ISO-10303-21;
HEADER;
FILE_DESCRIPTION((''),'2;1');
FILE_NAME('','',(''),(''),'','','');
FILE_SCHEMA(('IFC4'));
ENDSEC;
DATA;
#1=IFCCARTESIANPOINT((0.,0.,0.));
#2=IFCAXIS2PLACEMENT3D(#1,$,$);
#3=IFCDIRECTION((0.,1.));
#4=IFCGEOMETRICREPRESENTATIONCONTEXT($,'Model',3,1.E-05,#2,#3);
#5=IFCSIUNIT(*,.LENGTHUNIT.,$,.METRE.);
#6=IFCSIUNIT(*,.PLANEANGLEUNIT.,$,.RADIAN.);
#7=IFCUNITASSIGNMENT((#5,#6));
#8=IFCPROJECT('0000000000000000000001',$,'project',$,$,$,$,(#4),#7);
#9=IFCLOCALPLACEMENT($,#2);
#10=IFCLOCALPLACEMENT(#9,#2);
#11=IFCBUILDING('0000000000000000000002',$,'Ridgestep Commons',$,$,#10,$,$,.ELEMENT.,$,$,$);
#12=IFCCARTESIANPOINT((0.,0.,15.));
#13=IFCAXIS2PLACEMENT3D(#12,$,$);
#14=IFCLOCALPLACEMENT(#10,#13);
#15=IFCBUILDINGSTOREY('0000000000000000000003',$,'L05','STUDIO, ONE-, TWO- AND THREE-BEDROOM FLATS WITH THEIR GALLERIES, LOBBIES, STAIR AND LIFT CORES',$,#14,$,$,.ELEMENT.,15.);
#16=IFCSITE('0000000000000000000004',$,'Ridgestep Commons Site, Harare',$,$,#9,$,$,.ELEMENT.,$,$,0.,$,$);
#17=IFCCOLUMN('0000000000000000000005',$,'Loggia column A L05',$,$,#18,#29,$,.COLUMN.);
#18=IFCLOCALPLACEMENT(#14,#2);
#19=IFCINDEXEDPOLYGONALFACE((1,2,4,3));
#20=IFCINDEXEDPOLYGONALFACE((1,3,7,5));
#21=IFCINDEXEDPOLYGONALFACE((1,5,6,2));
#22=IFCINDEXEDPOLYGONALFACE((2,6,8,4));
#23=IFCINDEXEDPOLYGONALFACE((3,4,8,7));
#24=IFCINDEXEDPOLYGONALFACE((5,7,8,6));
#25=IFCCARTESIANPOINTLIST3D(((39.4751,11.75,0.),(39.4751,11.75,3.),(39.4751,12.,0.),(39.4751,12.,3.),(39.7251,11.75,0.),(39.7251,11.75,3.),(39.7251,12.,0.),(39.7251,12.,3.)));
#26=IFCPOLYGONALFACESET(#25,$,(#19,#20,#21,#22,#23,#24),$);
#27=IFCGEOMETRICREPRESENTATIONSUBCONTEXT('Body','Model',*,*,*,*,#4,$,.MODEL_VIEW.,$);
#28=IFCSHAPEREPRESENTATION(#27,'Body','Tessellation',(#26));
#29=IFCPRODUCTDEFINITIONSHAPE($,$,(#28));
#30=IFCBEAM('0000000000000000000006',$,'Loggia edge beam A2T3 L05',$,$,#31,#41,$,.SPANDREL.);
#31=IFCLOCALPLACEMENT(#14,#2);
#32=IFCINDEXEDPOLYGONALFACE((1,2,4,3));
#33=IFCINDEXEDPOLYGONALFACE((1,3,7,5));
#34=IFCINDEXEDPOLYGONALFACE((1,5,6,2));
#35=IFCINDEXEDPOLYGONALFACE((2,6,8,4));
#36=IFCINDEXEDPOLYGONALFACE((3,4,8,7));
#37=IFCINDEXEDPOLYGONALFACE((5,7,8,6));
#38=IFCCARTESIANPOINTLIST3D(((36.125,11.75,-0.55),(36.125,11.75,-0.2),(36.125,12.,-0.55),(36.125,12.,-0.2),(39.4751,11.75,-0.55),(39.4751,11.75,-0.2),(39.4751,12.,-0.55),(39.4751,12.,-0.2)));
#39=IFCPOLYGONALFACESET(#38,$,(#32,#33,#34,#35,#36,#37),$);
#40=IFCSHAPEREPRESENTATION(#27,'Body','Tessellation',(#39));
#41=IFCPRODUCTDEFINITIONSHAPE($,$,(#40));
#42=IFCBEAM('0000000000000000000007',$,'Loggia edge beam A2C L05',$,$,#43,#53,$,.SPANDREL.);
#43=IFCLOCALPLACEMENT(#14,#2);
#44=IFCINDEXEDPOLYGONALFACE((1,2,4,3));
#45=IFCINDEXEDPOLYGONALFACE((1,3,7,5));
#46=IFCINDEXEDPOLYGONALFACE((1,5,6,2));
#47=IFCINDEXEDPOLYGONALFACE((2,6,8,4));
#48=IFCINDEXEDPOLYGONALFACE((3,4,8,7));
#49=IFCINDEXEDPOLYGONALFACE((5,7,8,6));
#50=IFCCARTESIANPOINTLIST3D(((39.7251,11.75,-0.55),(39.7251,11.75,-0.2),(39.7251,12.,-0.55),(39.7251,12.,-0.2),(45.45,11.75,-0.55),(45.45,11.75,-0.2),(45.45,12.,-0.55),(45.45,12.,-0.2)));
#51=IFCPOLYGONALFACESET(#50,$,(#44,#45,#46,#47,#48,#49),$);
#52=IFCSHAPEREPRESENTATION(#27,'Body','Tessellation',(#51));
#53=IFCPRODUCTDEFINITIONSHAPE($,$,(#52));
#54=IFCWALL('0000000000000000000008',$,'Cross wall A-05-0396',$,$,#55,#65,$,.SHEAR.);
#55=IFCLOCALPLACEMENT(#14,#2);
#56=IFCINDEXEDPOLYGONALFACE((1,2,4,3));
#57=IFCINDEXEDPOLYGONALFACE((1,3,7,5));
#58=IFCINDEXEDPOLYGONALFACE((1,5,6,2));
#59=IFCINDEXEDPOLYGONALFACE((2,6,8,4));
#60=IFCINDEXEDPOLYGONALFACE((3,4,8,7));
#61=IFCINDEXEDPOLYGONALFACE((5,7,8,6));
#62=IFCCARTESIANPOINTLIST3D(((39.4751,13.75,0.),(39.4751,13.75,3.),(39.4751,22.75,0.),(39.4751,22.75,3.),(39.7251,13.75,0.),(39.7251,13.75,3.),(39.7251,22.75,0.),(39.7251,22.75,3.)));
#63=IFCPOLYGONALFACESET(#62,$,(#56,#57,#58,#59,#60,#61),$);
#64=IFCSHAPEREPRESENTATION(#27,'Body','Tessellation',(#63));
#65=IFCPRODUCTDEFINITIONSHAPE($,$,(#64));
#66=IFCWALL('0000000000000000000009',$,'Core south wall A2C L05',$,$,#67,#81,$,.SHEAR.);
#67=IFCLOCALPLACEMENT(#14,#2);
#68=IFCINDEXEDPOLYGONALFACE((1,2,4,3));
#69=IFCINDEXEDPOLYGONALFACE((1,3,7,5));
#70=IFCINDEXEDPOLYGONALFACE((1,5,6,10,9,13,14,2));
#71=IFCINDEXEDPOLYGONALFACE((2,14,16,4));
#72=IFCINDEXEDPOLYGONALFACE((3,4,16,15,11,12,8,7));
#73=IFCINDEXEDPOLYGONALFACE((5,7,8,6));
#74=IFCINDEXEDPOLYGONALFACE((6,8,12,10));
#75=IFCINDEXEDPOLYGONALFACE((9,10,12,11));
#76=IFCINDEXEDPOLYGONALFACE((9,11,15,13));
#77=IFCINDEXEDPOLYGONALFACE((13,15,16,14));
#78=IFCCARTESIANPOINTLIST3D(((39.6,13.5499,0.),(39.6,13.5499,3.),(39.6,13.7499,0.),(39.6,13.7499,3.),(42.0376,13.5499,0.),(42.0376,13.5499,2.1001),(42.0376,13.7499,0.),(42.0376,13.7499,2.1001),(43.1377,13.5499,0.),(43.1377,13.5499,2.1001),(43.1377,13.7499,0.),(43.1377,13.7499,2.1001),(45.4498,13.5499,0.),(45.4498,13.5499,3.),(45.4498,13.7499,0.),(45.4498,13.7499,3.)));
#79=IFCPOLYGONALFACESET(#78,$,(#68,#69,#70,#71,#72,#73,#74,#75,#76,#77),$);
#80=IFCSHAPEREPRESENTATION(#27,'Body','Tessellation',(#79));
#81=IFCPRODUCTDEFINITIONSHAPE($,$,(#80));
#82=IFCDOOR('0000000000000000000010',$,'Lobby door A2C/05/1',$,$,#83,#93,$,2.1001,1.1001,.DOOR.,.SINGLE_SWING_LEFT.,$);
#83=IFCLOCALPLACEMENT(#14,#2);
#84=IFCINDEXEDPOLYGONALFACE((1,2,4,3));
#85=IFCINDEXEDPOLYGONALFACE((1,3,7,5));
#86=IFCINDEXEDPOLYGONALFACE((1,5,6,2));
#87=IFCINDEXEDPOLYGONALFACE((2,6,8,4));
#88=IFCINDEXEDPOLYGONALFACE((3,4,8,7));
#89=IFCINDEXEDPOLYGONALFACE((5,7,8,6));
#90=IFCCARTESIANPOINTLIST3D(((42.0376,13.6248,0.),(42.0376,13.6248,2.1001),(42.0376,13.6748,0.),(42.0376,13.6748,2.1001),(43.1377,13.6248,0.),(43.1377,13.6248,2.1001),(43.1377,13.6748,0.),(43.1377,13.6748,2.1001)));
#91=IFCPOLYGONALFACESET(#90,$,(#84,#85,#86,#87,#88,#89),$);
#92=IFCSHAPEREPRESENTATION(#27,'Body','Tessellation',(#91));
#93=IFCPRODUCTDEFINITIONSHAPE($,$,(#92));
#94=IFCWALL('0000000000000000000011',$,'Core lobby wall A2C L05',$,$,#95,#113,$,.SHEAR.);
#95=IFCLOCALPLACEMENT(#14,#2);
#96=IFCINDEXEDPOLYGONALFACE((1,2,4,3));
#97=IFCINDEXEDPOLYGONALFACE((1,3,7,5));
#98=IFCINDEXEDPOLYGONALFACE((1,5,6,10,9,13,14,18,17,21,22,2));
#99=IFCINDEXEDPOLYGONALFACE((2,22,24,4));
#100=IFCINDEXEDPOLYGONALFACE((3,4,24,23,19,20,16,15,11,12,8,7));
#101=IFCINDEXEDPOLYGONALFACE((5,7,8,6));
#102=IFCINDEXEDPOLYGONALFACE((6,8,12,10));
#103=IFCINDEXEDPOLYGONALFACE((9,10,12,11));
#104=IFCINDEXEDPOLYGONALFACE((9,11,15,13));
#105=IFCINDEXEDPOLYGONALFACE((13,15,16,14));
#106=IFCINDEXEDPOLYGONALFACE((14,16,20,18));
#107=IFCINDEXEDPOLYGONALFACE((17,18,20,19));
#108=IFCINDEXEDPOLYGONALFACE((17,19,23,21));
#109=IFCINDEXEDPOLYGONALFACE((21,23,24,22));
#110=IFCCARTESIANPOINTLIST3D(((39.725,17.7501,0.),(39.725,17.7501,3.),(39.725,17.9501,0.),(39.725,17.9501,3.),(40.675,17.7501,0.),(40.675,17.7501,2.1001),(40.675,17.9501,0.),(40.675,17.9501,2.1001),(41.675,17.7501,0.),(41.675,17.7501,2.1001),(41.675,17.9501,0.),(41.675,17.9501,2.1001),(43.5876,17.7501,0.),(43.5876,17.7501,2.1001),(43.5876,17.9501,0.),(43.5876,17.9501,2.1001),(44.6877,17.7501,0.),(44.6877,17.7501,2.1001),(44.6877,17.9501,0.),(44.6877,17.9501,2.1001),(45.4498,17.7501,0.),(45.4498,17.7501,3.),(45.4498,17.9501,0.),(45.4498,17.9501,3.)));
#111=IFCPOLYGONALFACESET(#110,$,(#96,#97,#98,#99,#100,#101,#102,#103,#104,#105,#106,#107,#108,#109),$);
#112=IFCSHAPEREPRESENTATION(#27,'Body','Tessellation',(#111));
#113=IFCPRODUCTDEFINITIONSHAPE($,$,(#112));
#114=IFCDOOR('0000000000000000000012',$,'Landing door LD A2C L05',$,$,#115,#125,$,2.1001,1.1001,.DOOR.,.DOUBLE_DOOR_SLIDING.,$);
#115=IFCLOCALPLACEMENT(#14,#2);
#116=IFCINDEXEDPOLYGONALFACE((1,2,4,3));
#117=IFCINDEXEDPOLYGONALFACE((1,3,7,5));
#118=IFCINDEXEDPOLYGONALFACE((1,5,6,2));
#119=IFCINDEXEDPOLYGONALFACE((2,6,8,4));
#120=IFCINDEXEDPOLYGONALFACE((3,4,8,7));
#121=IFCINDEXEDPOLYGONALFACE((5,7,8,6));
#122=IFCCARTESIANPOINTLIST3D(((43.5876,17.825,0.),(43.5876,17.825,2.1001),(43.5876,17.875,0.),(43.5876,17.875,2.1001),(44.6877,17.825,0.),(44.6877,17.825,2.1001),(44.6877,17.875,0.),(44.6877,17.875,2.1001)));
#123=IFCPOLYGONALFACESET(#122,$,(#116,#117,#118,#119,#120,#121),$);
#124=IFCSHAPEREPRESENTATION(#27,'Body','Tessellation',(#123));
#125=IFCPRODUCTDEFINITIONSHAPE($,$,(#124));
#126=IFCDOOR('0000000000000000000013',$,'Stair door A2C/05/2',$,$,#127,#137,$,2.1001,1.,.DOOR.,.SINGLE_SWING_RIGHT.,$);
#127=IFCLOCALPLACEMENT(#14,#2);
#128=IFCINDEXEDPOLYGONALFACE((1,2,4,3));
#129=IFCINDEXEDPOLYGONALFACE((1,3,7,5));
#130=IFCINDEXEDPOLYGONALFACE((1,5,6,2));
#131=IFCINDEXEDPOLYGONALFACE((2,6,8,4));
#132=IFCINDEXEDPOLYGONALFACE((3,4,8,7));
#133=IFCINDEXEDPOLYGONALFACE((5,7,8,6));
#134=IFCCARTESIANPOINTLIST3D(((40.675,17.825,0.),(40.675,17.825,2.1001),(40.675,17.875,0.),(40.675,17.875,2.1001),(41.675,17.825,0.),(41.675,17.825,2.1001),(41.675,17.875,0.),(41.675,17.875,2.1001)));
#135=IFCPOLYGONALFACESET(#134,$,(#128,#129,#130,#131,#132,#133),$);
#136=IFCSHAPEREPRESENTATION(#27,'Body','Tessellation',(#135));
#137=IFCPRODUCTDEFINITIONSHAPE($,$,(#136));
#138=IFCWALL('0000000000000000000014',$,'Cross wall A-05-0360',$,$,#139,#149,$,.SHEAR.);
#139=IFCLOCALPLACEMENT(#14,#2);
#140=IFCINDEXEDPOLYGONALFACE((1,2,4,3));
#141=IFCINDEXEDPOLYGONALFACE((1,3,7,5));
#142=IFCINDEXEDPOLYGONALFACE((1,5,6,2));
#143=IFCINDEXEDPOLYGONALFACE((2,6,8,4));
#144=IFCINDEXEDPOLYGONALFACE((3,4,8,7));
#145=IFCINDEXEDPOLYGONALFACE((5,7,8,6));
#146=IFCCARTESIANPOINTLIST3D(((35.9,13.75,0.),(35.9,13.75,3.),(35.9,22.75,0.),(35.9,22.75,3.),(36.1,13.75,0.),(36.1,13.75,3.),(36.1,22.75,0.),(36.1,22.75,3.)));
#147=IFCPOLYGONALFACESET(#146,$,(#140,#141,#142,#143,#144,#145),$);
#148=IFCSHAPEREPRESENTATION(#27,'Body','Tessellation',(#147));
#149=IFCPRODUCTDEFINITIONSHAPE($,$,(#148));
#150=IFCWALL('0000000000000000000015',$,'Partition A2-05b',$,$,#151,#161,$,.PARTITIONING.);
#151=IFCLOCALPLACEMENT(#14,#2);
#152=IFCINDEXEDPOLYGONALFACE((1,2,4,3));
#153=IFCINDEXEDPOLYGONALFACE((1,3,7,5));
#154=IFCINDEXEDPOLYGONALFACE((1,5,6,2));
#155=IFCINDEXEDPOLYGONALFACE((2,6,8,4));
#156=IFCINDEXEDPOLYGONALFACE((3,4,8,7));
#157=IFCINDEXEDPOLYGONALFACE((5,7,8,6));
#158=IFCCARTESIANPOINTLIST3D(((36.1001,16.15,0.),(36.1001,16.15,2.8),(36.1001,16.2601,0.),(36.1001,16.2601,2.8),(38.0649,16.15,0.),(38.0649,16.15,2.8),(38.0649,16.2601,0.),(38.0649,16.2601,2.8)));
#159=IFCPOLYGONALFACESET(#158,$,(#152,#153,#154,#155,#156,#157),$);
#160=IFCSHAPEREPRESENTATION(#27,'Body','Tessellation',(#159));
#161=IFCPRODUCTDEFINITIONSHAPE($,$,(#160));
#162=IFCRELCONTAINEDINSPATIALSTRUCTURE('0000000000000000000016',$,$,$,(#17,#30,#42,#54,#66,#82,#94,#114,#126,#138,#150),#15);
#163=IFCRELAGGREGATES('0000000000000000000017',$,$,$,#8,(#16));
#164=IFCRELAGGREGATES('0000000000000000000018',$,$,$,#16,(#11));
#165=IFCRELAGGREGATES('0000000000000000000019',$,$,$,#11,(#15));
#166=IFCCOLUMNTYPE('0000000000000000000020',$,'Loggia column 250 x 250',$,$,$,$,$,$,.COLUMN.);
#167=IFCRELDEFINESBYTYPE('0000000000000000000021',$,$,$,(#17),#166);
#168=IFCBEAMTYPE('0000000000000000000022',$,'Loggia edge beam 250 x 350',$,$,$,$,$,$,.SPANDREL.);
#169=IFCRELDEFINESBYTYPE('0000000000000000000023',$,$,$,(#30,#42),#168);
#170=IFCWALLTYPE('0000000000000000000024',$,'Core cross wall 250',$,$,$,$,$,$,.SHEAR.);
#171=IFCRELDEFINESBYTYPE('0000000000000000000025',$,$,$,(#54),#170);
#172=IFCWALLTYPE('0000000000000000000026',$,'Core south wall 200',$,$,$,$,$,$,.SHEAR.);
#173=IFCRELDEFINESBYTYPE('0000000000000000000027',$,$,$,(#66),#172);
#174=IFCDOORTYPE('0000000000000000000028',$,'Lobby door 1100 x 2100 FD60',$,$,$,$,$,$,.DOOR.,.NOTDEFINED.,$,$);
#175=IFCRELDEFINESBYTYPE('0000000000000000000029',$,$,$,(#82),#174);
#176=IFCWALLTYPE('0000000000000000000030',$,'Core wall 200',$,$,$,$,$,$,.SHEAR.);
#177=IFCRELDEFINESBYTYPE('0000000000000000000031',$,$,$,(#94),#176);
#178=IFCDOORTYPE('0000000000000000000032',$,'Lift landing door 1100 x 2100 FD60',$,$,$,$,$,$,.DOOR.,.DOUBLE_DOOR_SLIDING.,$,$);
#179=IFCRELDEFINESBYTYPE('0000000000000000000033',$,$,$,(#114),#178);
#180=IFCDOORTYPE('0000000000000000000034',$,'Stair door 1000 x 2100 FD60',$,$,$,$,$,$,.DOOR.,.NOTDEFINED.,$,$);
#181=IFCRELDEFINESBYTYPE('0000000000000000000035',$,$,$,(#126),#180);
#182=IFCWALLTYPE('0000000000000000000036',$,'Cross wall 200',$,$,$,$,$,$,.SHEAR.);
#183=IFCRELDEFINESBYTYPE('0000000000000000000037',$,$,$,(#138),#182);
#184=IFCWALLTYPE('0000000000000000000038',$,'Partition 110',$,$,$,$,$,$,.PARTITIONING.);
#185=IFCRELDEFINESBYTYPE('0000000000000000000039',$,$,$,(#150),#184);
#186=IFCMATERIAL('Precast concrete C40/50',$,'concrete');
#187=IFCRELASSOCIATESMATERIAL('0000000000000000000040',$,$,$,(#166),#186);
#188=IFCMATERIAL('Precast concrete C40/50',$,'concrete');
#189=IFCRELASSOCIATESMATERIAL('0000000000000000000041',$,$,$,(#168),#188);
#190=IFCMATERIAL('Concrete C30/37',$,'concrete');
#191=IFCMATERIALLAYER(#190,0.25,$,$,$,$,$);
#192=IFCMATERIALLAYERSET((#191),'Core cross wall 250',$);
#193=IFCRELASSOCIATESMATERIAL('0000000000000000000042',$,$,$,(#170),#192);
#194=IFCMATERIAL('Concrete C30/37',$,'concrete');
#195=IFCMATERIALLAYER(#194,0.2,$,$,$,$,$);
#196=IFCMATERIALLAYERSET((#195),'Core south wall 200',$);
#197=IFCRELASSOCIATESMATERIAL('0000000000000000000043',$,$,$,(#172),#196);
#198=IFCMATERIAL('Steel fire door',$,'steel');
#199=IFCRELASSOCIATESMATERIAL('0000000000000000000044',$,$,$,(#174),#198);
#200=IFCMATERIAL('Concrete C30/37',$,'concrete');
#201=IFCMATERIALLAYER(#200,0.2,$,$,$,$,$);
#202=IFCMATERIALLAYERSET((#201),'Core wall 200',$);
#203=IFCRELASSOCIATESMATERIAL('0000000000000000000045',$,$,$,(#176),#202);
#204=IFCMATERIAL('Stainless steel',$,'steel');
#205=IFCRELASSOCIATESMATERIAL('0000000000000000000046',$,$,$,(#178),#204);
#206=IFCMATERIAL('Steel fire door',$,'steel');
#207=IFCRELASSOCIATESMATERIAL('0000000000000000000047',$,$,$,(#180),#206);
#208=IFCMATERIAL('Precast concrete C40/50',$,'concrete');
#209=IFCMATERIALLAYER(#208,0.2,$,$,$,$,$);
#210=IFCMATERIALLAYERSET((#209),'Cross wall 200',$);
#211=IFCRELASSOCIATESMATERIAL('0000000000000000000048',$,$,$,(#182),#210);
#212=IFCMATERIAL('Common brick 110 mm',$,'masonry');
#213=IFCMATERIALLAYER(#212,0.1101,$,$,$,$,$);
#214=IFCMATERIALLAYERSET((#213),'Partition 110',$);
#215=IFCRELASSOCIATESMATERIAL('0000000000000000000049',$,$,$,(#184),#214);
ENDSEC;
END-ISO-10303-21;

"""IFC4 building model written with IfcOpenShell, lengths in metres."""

from ifc_helpers import new_model, si_unit, direction, frame, frame_2d, origin, origin_2d, place, context, subcontext, project, spatial, rectangle, extrude, material, layer, layer_set, material_profile, profile_set, type_object, element, fill, save


model = new_model("IFC4")

# Units and contexts
model_context = context("Model", 3, precision=1e-05, world=origin(), true_north=direction((0.0, 1.0)))
body_context = subcontext(model_context, "Body", "Model", "MODEL_VIEW")
ifc_project = project(units=[si_unit("LENGTHUNIT", "METRE"), si_unit("PLANEANGLEUNIT", "RADIAN")], contexts=[model_context])

# Site, building, storey
site_placement = place(None, origin())
site = spatial("IfcSite", under=ifc_project, at=site_placement, Name="Ridgestep Commons Site, Harare", CompositionType="ELEMENT", RefElevation=0.0)
building_placement = place(site_placement, origin())
building = spatial("IfcBuilding", under=site, at=building_placement, Name="Ridgestep Commons", CompositionType="ELEMENT")
storey_placement = place(building_placement, frame((0.0, 0.0, 15.0)))
storey = spatial("IfcBuildingStorey", under=building, at=storey_placement, Name="L05", Description="STUDIO, ONE-, TWO- AND THREE-BEDROOM FLATS WITH THEIR GALLERIES, LOBBIES, STAIR AND LIFT CORES", CompositionType="ELEMENT", Elevation=15.0)

# Column
ifc_material_1 = material(Name="Precast concrete C40/50", Category="concrete")
ifc_material_profile_1 = material_profile(ifc_material_1, rectangle(XDim=0.25, YDim=0.25, at=origin_2d()), Name="PC 250x250")
ifc_profile_set_1 = profile_set([ifc_material_profile_1], Name="Precast concrete C40/50")
column_type = type_object("IfcColumnType", Name="Loggia column 250 x 250", PredefinedType="COLUMN", material=ifc_profile_set_1)
column_placement = place(storey_placement, frame((39.6001, 11.875, 0.0), z_axis=(0.0, 0.0, 1.0), x_axis=(1.0, 0.0, 0.0)))
element("IfcColumn", 1, at=column_placement, inside=storey, type_object=column_type, Name="Loggia column A L05", PredefinedType="COLUMN", context=body_context, shape_type="SweptSolid", body=[
    extrude(rectangle(XDim=0.25, YDim=0.25, at=origin_2d()), origin(), (0.0, 0.0, 1.0), 3.0),
])

# Beams
ifc_material_2 = material(Name="Precast concrete C40/50", Category="concrete")
ifc_material_profile_2 = material_profile(ifc_material_2, rectangle(XDim=0.25, YDim=0.3501, at=origin_2d()), Name="PC 250x350")
ifc_profile_set_2 = profile_set([ifc_material_profile_2], Name="Precast concrete C40/50")
beam_type = type_object("IfcBeamType", Name="Loggia edge beam 250 x 350", PredefinedType="SPANDREL", material=ifc_profile_set_2)
beam_1_placement = place(storey_placement, frame((36.125, 11.875, -0.375), z_axis=(1.0, 0.0, 0.0), x_axis=(0.0, 1.0, 0.0)))
element("IfcBeam", 2, at=beam_1_placement, inside=storey, type_object=beam_type, Name="Loggia edge beam A2T3 L05", PredefinedType="SPANDREL", context=body_context, shape_type="SweptSolid", body=[
    extrude(rectangle(XDim=0.25, YDim=0.3501, at=origin_2d()), origin(), (0.0, 0.0, 1.0), 3.3501),
])
beam_2_placement = place(storey_placement, frame((39.7251, 11.875, -0.375), z_axis=(1.0, 0.0, 0.0), x_axis=(0.0, 1.0, 0.0)))
element("IfcBeam", 3, at=beam_2_placement, inside=storey, type_object=beam_type, Name="Loggia edge beam A2C L05", PredefinedType="SPANDREL", context=body_context, shape_type="SweptSolid", body=[
    extrude(rectangle(XDim=0.25, YDim=0.3501, at=origin_2d()), origin(), (0.0, 0.0, 1.0), 5.7249),
])

# Wall
ifc_material_3 = material(Name="Concrete C30/37", Category="concrete")
ifc_layer_1 = layer(ifc_material_3, 0.25)
ifc_layer_set_1 = layer_set([ifc_layer_1], Name="Core cross wall 250")
wall_type_1 = type_object("IfcWallType", Name="Core cross wall 250", PredefinedType="SHEAR", material=ifc_layer_set_1)
wall_1_placement = place(storey_placement, frame((39.6001, 13.75, 0.0), z_axis=(0.0, 0.0, 1.0), x_axis=(0.0, 1.0, 0.0)))
element("IfcWall", 4, at=wall_1_placement, inside=storey, type_object=wall_type_1, Name="Cross wall A-05-0396", PredefinedType="SHEAR", context=body_context, shape_type="SweptSolid", body=[
    extrude(rectangle(XDim=9.0, YDim=0.25, at=frame_2d((4.5, 0.0))), origin(), (0.0, 0.0, 1.0), 3.0),
])

# Wall, opening, door
ifc_material_4 = material(Name="Concrete C30/37", Category="concrete")
ifc_layer_2 = layer(ifc_material_4, 0.2)
ifc_layer_set_2 = layer_set([ifc_layer_2], Name="Core south wall 200")
wall_type_2 = type_object("IfcWallType", Name="Core south wall 200", PredefinedType="SHEAR", material=ifc_layer_set_2)
wall_2_placement = place(storey_placement, frame((39.6001, 13.6499, 0.0), z_axis=(0.0, 0.0, 1.0), x_axis=(1.0, 0.0, 0.0)))
wall_2 = element("IfcWall", 5, at=wall_2_placement, inside=storey, type_object=wall_type_2, Name="Core south wall A2C L05", PredefinedType="SHEAR", context=body_context, shape_type="SweptSolid", body=[
    extrude(rectangle(XDim=5.8499, YDim=0.2, at=frame_2d((2.9248, 0.0))), origin(), (0.0, 0.0, 1.0), 3.0),
])
opening_1_placement = place(wall_2_placement, frame((2.4375, 0.0, 0.0)))
opening_1 = element("IfcOpeningElement", 6, at=opening_1_placement, cuts=wall_2, PredefinedType="OPENING", context=body_context, shape_type="SweptSolid", body=[
    extrude(rectangle(XDim=1.1001, YDim=2.1001, at=frame_2d((0.55, 1.05))), frame((0.0, 0.1099, 0.0), z_axis=(0.0, -1.0, 0.0), x_axis=(1.0, 0.0, 0.0)), (0.0, 0.0, 1.0), 0.22),
])
ifc_material_5 = material(Name="Steel fire door", Category="steel")
door_type_1 = type_object("IfcDoorType", Name="Lobby door 1100 x 2100 FD60", OperationType="NOTDEFINED", PredefinedType="DOOR", material=ifc_material_5)
door_1_placement = place(opening_1_placement, origin())
door_1 = element("IfcDoor", 7, at=door_1_placement, inside=storey, type_object=door_type_1, Name="Lobby door A2C/05/1", OperationType="SINGLE_SWING_LEFT", OverallHeight=2.1001, OverallWidth=1.1001, PredefinedType="DOOR", context=body_context, shape_type="SweptSolid", body=[
    extrude(rectangle(XDim=1.1001, YDim=2.1001, at=frame_2d((0.55, 1.05))), frame((0.0, 0.0249, 0.0), z_axis=(0.0, -1.0, 0.0), x_axis=(1.0, 0.0, 0.0)), (0.0, 0.0, 1.0), 0.05),
])
fill(opening_1, door_1)

# Wall, openings, doors
ifc_material_6 = material(Name="Concrete C30/37", Category="concrete")
ifc_layer_3 = layer(ifc_material_6, 0.2)
ifc_layer_set_3 = layer_set([ifc_layer_3], Name="Core wall 200")
wall_type_3 = type_object("IfcWallType", Name="Core wall 200", PredefinedType="SHEAR", material=ifc_layer_set_3)
wall_3_placement = place(storey_placement, frame((39.7251, 17.8501, 0.0), z_axis=(0.0, 0.0, 1.0), x_axis=(1.0, 0.0, 0.0)))
wall_3 = element("IfcWall", 8, at=wall_3_placement, inside=storey, type_object=wall_type_3, Name="Core lobby wall A2C L05", PredefinedType="SHEAR", context=body_context, shape_type="SweptSolid", body=[
    extrude(rectangle(XDim=5.7249, YDim=0.2, at=frame_2d((2.8623, 0.0))), origin(), (0.0, 0.0, 1.0), 3.0),
])
opening_2_placement = place(wall_3_placement, frame((0.95, 0.0, 0.0)))
opening_2 = element("IfcOpeningElement", 9, at=opening_2_placement, cuts=wall_3, PredefinedType="OPENING", context=body_context, shape_type="SweptSolid", body=[
    extrude(rectangle(XDim=1.0, YDim=2.1001, at=frame_2d((0.5, 1.05))), frame((0.0, 0.1099, 0.0), z_axis=(0.0, -1.0, 0.0), x_axis=(1.0, 0.0, 0.0)), (0.0, 0.0, 1.0), 0.22),
])
opening_3_placement = place(wall_3_placement, frame((3.8625, 0.0, 0.0)))
opening_3 = element("IfcOpeningElement", 10, at=opening_3_placement, cuts=wall_3, PredefinedType="OPENING", context=body_context, shape_type="SweptSolid", body=[
    extrude(rectangle(XDim=1.1001, YDim=2.1001, at=frame_2d((0.55, 1.05))), frame((0.0, 0.1099, 0.0), z_axis=(0.0, -1.0, 0.0), x_axis=(1.0, 0.0, 0.0)), (0.0, 0.0, 1.0), 0.22),
])
ifc_material_7 = material(Name="Stainless steel", Category="steel")
door_type_2 = type_object("IfcDoorType", Name="Lift landing door 1100 x 2100 FD60", OperationType="DOUBLE_DOOR_SLIDING", PredefinedType="DOOR", material=ifc_material_7)
door_2_placement = place(opening_3_placement, origin())
door_2 = element("IfcDoor", 11, at=door_2_placement, inside=storey, type_object=door_type_2, Name="Landing door LD A2C L05", OperationType="DOUBLE_DOOR_SLIDING", OverallHeight=2.1001, OverallWidth=1.1001, PredefinedType="DOOR", context=body_context, shape_type="SweptSolid", body=[
    extrude(rectangle(XDim=1.1001, YDim=2.1001, at=frame_2d((0.55, 1.05))), frame((0.0, 0.0249, 0.0), z_axis=(0.0, -1.0, 0.0), x_axis=(1.0, 0.0, 0.0)), (0.0, 0.0, 1.0), 0.05),
])
fill(opening_3, door_2)
ifc_material_8 = material(Name="Steel fire door", Category="steel")
door_type_3 = type_object("IfcDoorType", Name="Stair door 1000 x 2100 FD60", OperationType="NOTDEFINED", PredefinedType="DOOR", material=ifc_material_8)
door_3_placement = place(opening_2_placement, origin())
door_3 = element("IfcDoor", 12, at=door_3_placement, inside=storey, type_object=door_type_3, Name="Stair door A2C/05/2", OperationType="SINGLE_SWING_RIGHT", OverallHeight=2.1001, OverallWidth=1.0, PredefinedType="DOOR", context=body_context, shape_type="SweptSolid", body=[
    extrude(rectangle(XDim=1.0, YDim=2.1001, at=frame_2d((0.5, 1.05))), frame((0.0, 0.0249, 0.0), z_axis=(0.0, -1.0, 0.0), x_axis=(1.0, 0.0, 0.0)), (0.0, 0.0, 1.0), 0.05),
])
fill(opening_2, door_3)

# Walls
ifc_material_9 = material(Name="Precast concrete C40/50", Category="concrete")
ifc_layer_4 = layer(ifc_material_9, 0.2)
ifc_layer_set_4 = layer_set([ifc_layer_4], Name="Cross wall 200")
wall_type_4 = type_object("IfcWallType", Name="Cross wall 200", PredefinedType="SHEAR", material=ifc_layer_set_4)
wall_4_placement = place(storey_placement, frame((36.0, 13.75, 0.0), z_axis=(0.0, 0.0, 1.0), x_axis=(0.0, 1.0, 0.0)))
element("IfcWall", 13, at=wall_4_placement, inside=storey, type_object=wall_type_4, Name="Cross wall A-05-0360", PredefinedType="SHEAR", context=body_context, shape_type="SweptSolid", body=[
    extrude(rectangle(XDim=9.0, YDim=0.2, at=frame_2d((4.5, 0.0))), origin(), (0.0, 0.0, 1.0), 3.0),
])
ifc_material_10 = material(Name="Common brick 110 mm", Category="masonry")
ifc_layer_5 = layer(ifc_material_10, 0.1101)
ifc_layer_set_5 = layer_set([ifc_layer_5], Name="Partition 110")
wall_type_5 = type_object("IfcWallType", Name="Partition 110", PredefinedType="PARTITIONING", material=ifc_layer_set_5)
wall_5_placement = place(storey_placement, frame((36.1001, 16.2051, 0.0), z_axis=(0.0, 0.0, 1.0), x_axis=(1.0, 0.0, 0.0)))
element("IfcWall", 14, at=wall_5_placement, inside=storey, type_object=wall_type_5, Name="Partition A2-05b", PredefinedType="PARTITIONING", context=body_context, shape_type="SweptSolid", body=[
    extrude(rectangle(XDim=1.9648, YDim=0.1101, at=frame_2d((0.9824, 0.0))), origin(), (0.0, 0.0, 1.0), 2.8),
])

save(model, "model.ifc")
